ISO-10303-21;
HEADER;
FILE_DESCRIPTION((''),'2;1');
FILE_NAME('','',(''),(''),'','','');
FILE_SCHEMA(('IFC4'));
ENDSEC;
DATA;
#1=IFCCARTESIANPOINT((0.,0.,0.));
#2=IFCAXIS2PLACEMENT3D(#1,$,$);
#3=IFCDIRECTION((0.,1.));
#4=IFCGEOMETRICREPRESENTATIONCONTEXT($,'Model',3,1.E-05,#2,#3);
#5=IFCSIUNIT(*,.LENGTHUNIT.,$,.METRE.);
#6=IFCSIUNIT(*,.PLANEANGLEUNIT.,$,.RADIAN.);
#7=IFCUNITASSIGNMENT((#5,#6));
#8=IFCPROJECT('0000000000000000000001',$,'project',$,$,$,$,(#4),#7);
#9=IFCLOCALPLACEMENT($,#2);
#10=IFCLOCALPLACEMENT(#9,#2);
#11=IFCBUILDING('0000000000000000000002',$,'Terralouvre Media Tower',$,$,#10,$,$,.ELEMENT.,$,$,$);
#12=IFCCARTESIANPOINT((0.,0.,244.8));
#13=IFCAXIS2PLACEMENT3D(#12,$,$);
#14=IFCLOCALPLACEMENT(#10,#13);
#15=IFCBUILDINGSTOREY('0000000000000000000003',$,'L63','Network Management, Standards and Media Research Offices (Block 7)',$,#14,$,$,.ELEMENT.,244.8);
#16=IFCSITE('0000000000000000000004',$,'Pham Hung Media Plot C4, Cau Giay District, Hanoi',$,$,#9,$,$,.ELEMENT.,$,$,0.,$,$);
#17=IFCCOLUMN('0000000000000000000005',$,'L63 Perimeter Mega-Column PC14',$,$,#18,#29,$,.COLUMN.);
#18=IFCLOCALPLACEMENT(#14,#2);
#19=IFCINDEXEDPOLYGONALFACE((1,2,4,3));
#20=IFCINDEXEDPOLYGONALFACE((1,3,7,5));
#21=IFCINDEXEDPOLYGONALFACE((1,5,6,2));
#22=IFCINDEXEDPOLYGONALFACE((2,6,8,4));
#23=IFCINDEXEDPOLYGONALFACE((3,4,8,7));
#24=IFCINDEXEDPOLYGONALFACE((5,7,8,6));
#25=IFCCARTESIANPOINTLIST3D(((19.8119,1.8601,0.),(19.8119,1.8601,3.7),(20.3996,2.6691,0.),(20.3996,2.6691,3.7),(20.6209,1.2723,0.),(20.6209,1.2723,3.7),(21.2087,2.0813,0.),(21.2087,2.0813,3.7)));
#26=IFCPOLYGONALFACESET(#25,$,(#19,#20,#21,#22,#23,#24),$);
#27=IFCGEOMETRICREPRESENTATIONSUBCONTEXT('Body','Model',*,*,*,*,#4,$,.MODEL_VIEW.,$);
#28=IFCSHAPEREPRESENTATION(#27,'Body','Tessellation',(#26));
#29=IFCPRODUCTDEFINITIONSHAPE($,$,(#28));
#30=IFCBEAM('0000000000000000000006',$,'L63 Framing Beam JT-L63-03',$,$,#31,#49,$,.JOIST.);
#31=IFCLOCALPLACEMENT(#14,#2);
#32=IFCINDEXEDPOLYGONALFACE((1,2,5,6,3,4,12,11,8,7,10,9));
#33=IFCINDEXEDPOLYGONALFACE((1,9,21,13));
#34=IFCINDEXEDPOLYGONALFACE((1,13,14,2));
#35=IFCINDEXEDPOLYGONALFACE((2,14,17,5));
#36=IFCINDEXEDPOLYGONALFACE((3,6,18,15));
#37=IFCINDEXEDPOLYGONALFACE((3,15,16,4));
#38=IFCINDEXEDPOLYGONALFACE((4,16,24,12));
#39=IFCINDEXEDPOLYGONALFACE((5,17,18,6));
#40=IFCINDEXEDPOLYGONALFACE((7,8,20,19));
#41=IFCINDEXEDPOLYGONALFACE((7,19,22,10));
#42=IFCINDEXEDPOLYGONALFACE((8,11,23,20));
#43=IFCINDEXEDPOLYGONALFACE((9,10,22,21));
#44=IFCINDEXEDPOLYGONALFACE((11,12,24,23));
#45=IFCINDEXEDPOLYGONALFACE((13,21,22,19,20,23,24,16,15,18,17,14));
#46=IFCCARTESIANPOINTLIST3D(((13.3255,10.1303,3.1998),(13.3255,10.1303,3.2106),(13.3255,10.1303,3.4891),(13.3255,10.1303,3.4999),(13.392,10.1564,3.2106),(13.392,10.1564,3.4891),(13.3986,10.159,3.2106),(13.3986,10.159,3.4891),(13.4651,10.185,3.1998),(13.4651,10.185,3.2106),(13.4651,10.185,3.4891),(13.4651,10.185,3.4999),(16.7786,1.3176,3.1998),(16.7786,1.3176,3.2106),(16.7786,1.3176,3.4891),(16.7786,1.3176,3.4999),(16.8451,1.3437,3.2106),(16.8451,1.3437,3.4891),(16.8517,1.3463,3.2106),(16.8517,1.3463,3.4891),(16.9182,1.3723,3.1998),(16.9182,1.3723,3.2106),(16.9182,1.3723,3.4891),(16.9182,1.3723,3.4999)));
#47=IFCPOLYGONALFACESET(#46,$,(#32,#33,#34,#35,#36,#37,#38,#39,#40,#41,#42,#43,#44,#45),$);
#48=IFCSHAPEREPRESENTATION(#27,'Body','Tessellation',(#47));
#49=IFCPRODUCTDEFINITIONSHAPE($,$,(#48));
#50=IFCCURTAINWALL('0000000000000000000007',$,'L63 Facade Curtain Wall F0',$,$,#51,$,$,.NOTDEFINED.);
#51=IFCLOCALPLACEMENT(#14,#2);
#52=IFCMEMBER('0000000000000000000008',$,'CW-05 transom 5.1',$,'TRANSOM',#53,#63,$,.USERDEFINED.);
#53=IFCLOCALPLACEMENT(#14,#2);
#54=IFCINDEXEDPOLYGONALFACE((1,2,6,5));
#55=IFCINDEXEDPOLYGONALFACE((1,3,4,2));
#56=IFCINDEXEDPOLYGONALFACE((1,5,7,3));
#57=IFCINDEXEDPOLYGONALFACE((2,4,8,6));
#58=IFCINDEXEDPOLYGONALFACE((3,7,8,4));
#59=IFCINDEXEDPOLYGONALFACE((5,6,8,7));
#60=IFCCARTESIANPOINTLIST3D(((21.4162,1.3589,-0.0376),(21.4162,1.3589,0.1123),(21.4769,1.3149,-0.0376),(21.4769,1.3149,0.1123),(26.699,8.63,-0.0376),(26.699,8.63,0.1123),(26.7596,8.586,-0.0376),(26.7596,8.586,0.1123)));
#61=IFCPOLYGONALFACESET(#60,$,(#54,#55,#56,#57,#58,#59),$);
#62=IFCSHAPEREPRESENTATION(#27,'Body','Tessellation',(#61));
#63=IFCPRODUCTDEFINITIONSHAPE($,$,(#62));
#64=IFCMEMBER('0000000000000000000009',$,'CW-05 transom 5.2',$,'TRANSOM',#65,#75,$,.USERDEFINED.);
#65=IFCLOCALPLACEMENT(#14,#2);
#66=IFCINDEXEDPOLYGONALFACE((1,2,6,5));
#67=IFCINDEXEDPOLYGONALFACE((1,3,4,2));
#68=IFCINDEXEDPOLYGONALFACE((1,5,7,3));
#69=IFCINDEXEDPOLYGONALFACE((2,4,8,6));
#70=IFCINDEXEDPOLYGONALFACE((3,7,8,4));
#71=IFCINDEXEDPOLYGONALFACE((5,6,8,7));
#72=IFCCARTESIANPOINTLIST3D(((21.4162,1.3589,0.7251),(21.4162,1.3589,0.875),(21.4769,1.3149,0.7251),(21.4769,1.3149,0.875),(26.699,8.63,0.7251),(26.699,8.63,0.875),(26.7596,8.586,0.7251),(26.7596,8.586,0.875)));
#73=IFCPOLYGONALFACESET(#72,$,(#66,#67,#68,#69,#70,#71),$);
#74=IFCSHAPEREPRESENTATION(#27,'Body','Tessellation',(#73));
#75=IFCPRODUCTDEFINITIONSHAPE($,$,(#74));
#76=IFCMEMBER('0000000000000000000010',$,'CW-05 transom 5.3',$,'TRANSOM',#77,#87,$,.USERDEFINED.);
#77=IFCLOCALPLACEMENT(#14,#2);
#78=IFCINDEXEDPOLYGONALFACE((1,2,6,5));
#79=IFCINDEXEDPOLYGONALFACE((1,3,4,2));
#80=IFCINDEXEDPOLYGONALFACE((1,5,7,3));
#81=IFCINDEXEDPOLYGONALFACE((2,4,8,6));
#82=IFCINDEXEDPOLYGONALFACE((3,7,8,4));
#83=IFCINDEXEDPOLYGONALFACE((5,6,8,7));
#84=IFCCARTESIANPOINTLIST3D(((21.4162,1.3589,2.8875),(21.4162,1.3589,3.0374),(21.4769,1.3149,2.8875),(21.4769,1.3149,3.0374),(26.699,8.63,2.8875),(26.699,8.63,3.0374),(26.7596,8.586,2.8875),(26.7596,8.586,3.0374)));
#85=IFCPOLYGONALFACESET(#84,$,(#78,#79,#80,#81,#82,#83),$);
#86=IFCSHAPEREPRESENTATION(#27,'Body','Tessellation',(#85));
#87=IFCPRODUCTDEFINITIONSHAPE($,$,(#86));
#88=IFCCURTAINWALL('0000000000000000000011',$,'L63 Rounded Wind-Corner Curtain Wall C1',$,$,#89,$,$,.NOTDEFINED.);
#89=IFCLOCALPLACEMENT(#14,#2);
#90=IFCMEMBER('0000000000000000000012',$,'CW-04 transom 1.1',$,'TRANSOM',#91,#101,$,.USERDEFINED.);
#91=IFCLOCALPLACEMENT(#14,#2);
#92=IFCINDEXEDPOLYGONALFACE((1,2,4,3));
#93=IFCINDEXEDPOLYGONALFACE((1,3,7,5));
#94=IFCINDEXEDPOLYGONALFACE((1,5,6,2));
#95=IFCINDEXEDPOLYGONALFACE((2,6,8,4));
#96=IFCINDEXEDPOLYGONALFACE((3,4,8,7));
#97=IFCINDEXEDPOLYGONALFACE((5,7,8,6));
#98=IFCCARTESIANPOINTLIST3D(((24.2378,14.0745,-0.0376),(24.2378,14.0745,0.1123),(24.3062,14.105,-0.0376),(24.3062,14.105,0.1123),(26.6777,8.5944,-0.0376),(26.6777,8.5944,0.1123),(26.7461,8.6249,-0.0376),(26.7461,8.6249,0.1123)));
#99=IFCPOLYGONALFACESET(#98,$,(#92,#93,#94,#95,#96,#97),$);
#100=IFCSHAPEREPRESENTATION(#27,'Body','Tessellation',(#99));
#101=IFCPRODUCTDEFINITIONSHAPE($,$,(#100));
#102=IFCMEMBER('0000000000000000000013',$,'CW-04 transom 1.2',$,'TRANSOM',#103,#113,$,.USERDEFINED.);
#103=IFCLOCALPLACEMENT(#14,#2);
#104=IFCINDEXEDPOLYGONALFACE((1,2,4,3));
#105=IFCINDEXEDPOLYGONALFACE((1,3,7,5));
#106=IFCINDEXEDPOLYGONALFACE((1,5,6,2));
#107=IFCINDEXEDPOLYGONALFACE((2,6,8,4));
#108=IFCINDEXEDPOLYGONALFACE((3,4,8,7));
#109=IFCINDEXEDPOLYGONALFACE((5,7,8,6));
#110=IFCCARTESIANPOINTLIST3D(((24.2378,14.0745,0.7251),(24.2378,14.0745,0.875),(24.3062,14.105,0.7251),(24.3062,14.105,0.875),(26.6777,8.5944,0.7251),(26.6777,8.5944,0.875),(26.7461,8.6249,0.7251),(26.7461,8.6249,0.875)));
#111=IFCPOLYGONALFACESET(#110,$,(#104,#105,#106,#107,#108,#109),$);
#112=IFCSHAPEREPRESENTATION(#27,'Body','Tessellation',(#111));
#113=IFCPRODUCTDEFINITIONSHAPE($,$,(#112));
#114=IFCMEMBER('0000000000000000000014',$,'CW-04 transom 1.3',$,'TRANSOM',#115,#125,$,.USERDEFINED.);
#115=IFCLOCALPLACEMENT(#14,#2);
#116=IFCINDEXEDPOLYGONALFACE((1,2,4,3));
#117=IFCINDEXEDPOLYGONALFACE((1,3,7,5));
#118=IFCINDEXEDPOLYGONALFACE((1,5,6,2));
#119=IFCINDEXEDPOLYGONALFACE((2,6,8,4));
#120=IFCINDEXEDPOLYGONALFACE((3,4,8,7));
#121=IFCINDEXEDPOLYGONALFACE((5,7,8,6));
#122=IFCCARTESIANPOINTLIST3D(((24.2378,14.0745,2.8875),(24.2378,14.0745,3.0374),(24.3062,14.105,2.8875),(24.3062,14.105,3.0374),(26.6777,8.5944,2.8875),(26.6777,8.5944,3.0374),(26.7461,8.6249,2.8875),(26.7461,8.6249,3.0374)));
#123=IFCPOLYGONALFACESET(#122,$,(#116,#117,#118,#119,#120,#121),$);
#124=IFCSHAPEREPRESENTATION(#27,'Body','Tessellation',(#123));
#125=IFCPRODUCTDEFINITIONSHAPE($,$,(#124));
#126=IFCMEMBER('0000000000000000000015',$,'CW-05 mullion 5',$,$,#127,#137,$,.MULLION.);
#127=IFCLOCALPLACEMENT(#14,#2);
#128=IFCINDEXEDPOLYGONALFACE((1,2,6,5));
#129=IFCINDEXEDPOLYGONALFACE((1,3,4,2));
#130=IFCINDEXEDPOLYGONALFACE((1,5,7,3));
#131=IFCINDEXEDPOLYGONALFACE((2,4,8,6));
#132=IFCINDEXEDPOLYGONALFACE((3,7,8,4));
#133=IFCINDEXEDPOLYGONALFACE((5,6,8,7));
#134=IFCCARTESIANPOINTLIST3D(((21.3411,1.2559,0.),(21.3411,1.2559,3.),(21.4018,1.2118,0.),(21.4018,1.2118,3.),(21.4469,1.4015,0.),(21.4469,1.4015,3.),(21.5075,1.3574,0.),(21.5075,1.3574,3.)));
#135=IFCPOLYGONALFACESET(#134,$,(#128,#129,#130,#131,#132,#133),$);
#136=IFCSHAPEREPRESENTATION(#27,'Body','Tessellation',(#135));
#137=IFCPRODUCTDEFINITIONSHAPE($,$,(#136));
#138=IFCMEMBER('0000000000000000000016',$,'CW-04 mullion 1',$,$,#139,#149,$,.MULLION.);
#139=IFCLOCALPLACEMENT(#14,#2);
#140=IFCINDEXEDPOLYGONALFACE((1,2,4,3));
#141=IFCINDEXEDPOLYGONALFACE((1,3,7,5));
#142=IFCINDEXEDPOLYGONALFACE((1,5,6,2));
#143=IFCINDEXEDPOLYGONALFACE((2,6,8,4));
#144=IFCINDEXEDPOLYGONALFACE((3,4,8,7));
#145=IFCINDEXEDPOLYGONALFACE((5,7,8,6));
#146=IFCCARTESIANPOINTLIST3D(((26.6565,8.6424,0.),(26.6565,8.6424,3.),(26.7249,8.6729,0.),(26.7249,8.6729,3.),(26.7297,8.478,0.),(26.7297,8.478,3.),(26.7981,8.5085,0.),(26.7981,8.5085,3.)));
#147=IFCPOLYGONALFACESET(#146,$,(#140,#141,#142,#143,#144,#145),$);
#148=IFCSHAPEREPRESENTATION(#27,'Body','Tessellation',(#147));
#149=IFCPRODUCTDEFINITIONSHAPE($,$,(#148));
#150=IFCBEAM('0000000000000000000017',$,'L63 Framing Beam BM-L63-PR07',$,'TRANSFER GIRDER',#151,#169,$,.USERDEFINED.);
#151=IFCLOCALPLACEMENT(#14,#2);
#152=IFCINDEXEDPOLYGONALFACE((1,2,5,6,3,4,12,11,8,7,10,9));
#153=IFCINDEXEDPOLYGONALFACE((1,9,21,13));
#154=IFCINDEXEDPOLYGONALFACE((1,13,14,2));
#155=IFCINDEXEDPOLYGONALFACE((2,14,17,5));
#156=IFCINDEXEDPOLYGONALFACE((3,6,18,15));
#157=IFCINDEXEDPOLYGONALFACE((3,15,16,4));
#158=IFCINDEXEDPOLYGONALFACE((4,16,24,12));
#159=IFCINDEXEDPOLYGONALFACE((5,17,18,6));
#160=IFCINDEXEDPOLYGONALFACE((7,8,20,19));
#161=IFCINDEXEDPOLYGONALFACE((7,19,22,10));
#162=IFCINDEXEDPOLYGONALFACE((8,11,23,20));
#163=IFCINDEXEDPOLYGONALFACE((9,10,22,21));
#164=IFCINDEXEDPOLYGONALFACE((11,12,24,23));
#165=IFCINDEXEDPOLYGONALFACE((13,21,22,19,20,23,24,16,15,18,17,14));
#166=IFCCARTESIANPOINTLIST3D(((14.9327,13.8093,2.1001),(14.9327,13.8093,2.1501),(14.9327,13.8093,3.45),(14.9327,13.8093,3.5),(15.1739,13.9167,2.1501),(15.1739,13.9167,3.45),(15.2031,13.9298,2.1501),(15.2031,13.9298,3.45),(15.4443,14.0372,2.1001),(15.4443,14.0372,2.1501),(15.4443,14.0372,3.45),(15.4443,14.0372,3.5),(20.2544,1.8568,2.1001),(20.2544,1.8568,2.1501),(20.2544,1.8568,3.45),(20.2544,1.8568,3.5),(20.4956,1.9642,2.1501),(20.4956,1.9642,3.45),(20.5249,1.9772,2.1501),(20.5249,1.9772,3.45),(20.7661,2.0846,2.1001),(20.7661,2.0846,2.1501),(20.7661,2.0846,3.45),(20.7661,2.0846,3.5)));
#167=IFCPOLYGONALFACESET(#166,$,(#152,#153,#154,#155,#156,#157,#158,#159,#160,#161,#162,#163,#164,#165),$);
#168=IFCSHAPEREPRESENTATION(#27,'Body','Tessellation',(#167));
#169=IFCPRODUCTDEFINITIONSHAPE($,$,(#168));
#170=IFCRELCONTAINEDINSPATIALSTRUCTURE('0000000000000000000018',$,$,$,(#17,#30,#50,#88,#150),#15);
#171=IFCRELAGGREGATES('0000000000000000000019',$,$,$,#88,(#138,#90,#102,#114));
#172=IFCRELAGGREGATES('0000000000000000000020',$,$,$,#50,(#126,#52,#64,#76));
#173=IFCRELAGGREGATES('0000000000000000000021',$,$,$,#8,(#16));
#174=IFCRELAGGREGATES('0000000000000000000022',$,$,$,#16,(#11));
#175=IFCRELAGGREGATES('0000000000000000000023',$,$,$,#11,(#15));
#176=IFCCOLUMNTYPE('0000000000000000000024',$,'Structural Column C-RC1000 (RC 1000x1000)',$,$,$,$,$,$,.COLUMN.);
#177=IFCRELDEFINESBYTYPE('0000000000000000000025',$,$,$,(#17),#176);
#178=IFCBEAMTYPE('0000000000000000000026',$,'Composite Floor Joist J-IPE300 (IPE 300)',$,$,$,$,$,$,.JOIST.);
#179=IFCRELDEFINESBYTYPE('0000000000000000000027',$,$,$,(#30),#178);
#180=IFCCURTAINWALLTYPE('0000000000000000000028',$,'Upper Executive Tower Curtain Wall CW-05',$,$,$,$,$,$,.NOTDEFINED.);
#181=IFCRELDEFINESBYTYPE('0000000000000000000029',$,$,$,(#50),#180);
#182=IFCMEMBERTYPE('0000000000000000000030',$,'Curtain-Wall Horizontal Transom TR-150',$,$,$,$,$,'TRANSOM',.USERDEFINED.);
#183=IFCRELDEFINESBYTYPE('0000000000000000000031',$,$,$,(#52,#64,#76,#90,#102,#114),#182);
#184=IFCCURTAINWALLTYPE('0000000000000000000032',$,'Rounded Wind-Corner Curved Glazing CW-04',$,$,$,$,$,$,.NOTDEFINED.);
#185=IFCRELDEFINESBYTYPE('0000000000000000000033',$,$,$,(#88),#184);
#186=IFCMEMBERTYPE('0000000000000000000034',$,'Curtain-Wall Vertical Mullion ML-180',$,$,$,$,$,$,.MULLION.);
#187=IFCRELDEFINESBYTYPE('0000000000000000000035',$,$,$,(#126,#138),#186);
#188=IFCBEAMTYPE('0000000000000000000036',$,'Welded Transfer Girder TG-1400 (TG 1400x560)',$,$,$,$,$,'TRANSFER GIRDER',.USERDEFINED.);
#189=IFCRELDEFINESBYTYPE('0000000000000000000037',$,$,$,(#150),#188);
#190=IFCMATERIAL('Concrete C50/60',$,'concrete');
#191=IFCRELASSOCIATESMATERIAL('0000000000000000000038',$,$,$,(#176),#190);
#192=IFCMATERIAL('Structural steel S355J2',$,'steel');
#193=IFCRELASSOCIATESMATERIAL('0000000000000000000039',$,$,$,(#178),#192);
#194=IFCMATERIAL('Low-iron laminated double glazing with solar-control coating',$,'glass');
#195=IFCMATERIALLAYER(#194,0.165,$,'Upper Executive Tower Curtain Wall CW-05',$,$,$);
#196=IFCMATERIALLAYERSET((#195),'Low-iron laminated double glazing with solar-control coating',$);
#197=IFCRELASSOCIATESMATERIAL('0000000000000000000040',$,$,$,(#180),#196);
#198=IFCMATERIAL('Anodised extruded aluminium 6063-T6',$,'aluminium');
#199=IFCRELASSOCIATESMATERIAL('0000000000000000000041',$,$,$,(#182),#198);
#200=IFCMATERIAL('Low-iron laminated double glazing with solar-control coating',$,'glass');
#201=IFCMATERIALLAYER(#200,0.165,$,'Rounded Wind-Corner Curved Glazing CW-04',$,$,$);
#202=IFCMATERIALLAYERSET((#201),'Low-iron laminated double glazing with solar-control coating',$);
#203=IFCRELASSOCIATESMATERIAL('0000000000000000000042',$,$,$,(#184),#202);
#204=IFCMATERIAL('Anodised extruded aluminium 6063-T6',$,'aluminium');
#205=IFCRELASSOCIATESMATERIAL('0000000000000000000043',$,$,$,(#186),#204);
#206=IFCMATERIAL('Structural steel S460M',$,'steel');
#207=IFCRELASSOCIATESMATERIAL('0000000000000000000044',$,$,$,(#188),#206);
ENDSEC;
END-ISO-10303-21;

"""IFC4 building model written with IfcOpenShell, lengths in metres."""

from ifc_helpers import new_model, si_unit, direction, frame, origin, origin_2d, place, context, subcontext, project, spatial, rectangle, i_section, extrude, material, layer, layer_set, material_profile, profile_set, type_object, element, aggregate, save


model = new_model("IFC4")

# Units and contexts
model_context = context("Model", 3, precision=1e-05, world=origin(), true_north=direction((0.0, 1.0)))
body_context = subcontext(model_context, "Body", "Model", "MODEL_VIEW")
ifc_project = project(units=[si_unit("LENGTHUNIT", "METRE"), si_unit("PLANEANGLEUNIT", "RADIAN")], contexts=[model_context])

# Site, building, storey
site_placement = place(None, origin())
site = spatial("IfcSite", under=ifc_project, at=site_placement, Name="Pham Hung Media Plot C4, Cau Giay District, Hanoi", CompositionType="ELEMENT", RefElevation=0.0)
building_placement = place(site_placement, origin())
building = spatial("IfcBuilding", under=site, at=building_placement, Name="Terralouvre Media Tower", CompositionType="ELEMENT")
storey_placement = place(building_placement, frame((0.0, 0.0, 244.8)))
storey = spatial("IfcBuildingStorey", under=building, at=storey_placement, Name="L63", Description="Network Management, Standards and Media Research Offices (Block 7)", CompositionType="ELEMENT", Elevation=244.8)

# Column
ifc_material_1 = material(Name="Concrete C50/60", Category="concrete")
ifc_material_profile_1 = material_profile(ifc_material_1, rectangle(XDim=1.0, YDim=1.0, at=origin_2d()), Name="RC 1000x1000")
ifc_profile_set_1 = profile_set([ifc_material_profile_1], Name="Concrete C50/60")
column_type = type_object("IfcColumnType", Name="Structural Column C-RC1000 (RC 1000x1000)", PredefinedType="COLUMN", material=ifc_profile_set_1)
column_placement = place(storey_placement, frame((20.5103, 1.9707, 0.0), z_axis=(0.0, 0.0, 1.0), x_axis=(0.587785, 0.809017, 0.0)))
element("IfcColumn", 1, at=column_placement, inside=storey, type_object=column_type, Name="L63 Perimeter Mega-Column PC14", PredefinedType="COLUMN", context=body_context, shape_type="SweptSolid", body=[
    extrude(rectangle(XDim=1.0, YDim=1.0, at=origin_2d()), origin(), (0.0, 0.0, 1.0), 3.7),
])

# Beam
ifc_material_2 = material(Name="Structural steel S355J2", Category="steel")
ifc_material_profile_2 = material_profile(ifc_material_2, i_section(OverallWidth=0.1499, OverallDepth=0.3, WebThickness=0.0071, FlangeThickness=0.0107, at=origin_2d()), Name="IPE 300")
ifc_profile_set_2 = profile_set([ifc_material_profile_2], Name="Structural steel S355J2")
beam_type_1 = type_object("IfcBeamType", Name="Composite Floor Joist J-IPE300 (IPE 300)", PredefinedType="JOIST", material=ifc_profile_set_2)
beam_1_placement = place(storey_placement, frame((16.8484, 1.345, 3.3499), z_axis=(-0.364826, 0.931076, 0.0), x_axis=(-0.931076, -0.364826, 0.0)))
element("IfcBeam", 2, at=beam_1_placement, inside=storey, type_object=beam_type_1, Name="L63 Framing Beam JT-L63-03", PredefinedType="JOIST", context=body_context, shape_type="SweptSolid", body=[
    extrude(i_section(OverallWidth=0.1499, OverallDepth=0.3, WebThickness=0.0071, FlangeThickness=0.0107, at=origin_2d()), origin(), (0.0, 0.0, 1.0), 9.4651),
])

# Curtain walls, members
ifc_material_3 = material(Name="Low-iron laminated double glazing with solar-control coating", Category="glass")
ifc_layer_1 = layer(ifc_material_3, 0.165, Name="Upper Executive Tower Curtain Wall CW-05")
ifc_layer_set_1 = layer_set([ifc_layer_1], Name="Low-iron laminated double glazing with solar-control coating")
curtain_wall_type_1 = type_object("IfcCurtainWallType", Name="Upper Executive Tower Curtain Wall CW-05", PredefinedType="NOTDEFINED", material=ifc_layer_set_1)
curtain_wall_1_placement = place(storey_placement, origin())
curtain_wall_1 = element("IfcCurtainWall", 3, at=curtain_wall_1_placement, inside=storey, type_object=curtain_wall_type_1, Name="L63 Facade Curtain Wall F0", PredefinedType="NOTDEFINED")
ifc_material_4 = material(Name="Anodised extruded aluminium 6063-T6", Category="aluminium")
ifc_material_profile_3 = material_profile(ifc_material_4, rectangle(XDim=0.075, YDim=0.1499, at=origin_2d()), Name="ALU 75x150")
ifc_profile_set_3 = profile_set([ifc_material_profile_3], Name="Anodised extruded aluminium 6063-T6")
member_type_1 = type_object("IfcMemberType", Name="Curtain-Wall Horizontal Transom TR-150", ElementType="TRANSOM", PredefinedType="USERDEFINED", material=ifc_profile_set_3)
member_1_placement = place(storey_placement, frame((21.4465, 1.3369, 0.0374), z_axis=(0.587787, 0.809016, 0.0), x_axis=(-0.809016, 0.587787, 0.0)))
member_1 = element("IfcMember", 4, at=member_1_placement, type_object=member_type_1, Name="CW-05 transom 5.1", ObjectType="TRANSOM", PredefinedType="USERDEFINED", context=body_context, shape_type="SweptSolid", body=[
    extrude(rectangle(XDim=0.075, YDim=0.1499, at=origin_2d()), origin(), (0.0, 0.0, 1.0), 8.9875),
])
member_2_placement = place(storey_placement, frame((21.4465, 1.3369, 0.8), z_axis=(0.587787, 0.809016, 0.0), x_axis=(-0.809016, 0.587787, 0.0)))
member_2 = element("IfcMember", 5, at=member_2_placement, type_object=member_type_1, Name="CW-05 transom 5.2", ObjectType="TRANSOM", PredefinedType="USERDEFINED", context=body_context, shape_type="SweptSolid", body=[
    extrude(rectangle(XDim=0.075, YDim=0.1499, at=origin_2d()), origin(), (0.0, 0.0, 1.0), 8.9875),
])
member_3_placement = place(storey_placement, frame((21.4465, 1.3369, 2.9624), z_axis=(0.587787, 0.809016, 0.0), x_axis=(-0.809016, 0.587787, 0.0)))
member_3 = element("IfcMember", 6, at=member_3_placement, type_object=member_type_1, Name="CW-05 transom 5.3", ObjectType="TRANSOM", PredefinedType="USERDEFINED", context=body_context, shape_type="SweptSolid", body=[
    extrude(rectangle(XDim=0.075, YDim=0.1499, at=origin_2d()), origin(), (0.0, 0.0, 1.0), 8.9875),
])
ifc_material_5 = material(Name="Low-iron laminated double glazing with solar-control coating", Category="glass")
ifc_layer_2 = layer(ifc_material_5, 0.165, Name="Rounded Wind-Corner Curved Glazing CW-04")
ifc_layer_set_2 = layer_set([ifc_layer_2], Name="Low-iron laminated double glazing with solar-control coating")
curtain_wall_type_2 = type_object("IfcCurtainWallType", Name="Rounded Wind-Corner Curved Glazing CW-04", PredefinedType="NOTDEFINED", material=ifc_layer_set_2)
curtain_wall_2_placement = place(storey_placement, origin())
curtain_wall_2 = element("IfcCurtainWall", 7, at=curtain_wall_2_placement, inside=storey, type_object=curtain_wall_type_2, Name="L63 Rounded Wind-Corner Curtain Wall C1", PredefinedType="NOTDEFINED")
member_4_placement = place(storey_placement, frame((26.7119, 8.6096, 0.0374), z_axis=(-0.406735, 0.913546, 0.0), x_axis=(-0.913546, -0.406735, 0.0)))
member_4 = element("IfcMember", 8, at=member_4_placement, type_object=member_type_1, Name="CW-04 transom 1.1", ObjectType="TRANSOM", PredefinedType="USERDEFINED", context=body_context, shape_type="SweptSolid", body=[
    extrude(rectangle(XDim=0.075, YDim=0.1499, at=origin_2d()), origin(), (0.0, 0.0, 1.0), 5.9988),
])
member_5_placement = place(storey_placement, frame((26.7119, 8.6096, 0.8), z_axis=(-0.406735, 0.913546, 0.0), x_axis=(-0.913546, -0.406735, 0.0)))
member_5 = element("IfcMember", 9, at=member_5_placement, type_object=member_type_1, Name="CW-04 transom 1.2", ObjectType="TRANSOM", PredefinedType="USERDEFINED", context=body_context, shape_type="SweptSolid", body=[
    extrude(rectangle(XDim=0.075, YDim=0.1499, at=origin_2d()), origin(), (0.0, 0.0, 1.0), 5.9988),
])
member_6_placement = place(storey_placement, frame((26.7119, 8.6096, 2.9624), z_axis=(-0.406735, 0.913546, 0.0), x_axis=(-0.913546, -0.406735, 0.0)))
member_6 = element("IfcMember", 10, at=member_6_placement, type_object=member_type_1, Name="CW-04 transom 1.3", ObjectType="TRANSOM", PredefinedType="USERDEFINED", context=body_context, shape_type="SweptSolid", body=[
    extrude(rectangle(XDim=0.075, YDim=0.1499, at=origin_2d()), origin(), (0.0, 0.0, 1.0), 5.9988),
])

# Members
ifc_material_6 = material(Name="Anodised extruded aluminium 6063-T6", Category="aluminium")
ifc_material_profile_4 = material_profile(ifc_material_6, rectangle(XDim=0.075, YDim=0.1799, at=origin_2d()), Name="ALU 75x180")
ifc_profile_set_4 = profile_set([ifc_material_profile_4], Name="Anodised extruded aluminium 6063-T6")
member_type_2 = type_object("IfcMemberType", Name="Curtain-Wall Vertical Mullion ML-180", PredefinedType="MULLION", material=ifc_profile_set_4)
member_7_placement = place(storey_placement, frame((21.4243, 1.3066, 0.0), z_axis=(0.0, 0.0, 1.0), x_axis=(-0.809017, 0.587785, 0.0)))
member_7 = element("IfcMember", 11, at=member_7_placement, type_object=member_type_2, Name="CW-05 mullion 5", PredefinedType="MULLION", context=body_context, shape_type="SweptSolid", body=[
    extrude(rectangle(XDim=0.075, YDim=0.1799, at=origin_2d()), origin(), (0.0, 0.0, 1.0), 3.0),
])
member_8_placement = place(storey_placement, frame((26.7273, 8.5754, 0.0), z_axis=(0.0, 0.0, 1.0), x_axis=(-0.913545, -0.406737, 0.0)))
member_8 = element("IfcMember", 12, at=member_8_placement, type_object=member_type_2, Name="CW-04 mullion 1", PredefinedType="MULLION", context=body_context, shape_type="SweptSolid", body=[
    extrude(rectangle(XDim=0.075, YDim=0.1799, at=origin_2d()), origin(), (0.0, 0.0, 1.0), 3.0),
])
aggregate(curtain_wall_2, [member_8, member_4, member_5, member_6])

# Beam
ifc_material_7 = material(Name="Structural steel S460M", Category="steel")
ifc_material_profile_5 = material_profile(ifc_material_7, i_section(OverallWidth=0.5601, OverallDepth=1.3999, WebThickness=0.032, FlangeThickness=0.05, at=origin_2d()), Name="TG 1400x560")
ifc_profile_set_5 = profile_set([ifc_material_profile_5], Name="Structural steel S460M")
beam_type_2 = type_object("IfcBeamType", Name="Welded Transfer Girder TG-1400 (TG 1400x560)", ElementType="TRANSFER GIRDER", PredefinedType="USERDEFINED", material=ifc_profile_set_5)
beam_2_placement = place(storey_placement, frame((20.5103, 1.9707, 2.8), z_axis=(-0.406744, 0.913542, 0.0), x_axis=(-0.913542, -0.406744, 0.0)))
element("IfcBeam", 13, at=beam_2_placement, inside=storey, type_object=beam_type_2, Name="L63 Framing Beam BM-L63-PR07", ObjectType="TRANSFER GIRDER", PredefinedType="USERDEFINED", context=body_context, shape_type="SweptSolid", body=[
    extrude(i_section(OverallWidth=0.5601, OverallDepth=1.3999, WebThickness=0.032, FlangeThickness=0.05, at=origin_2d()), origin(), (0.0, 0.0, 1.0), 13.0837),
])

aggregate(curtain_wall_1, [member_7, member_1, member_2, member_3])

save(model, "model.ifc")
